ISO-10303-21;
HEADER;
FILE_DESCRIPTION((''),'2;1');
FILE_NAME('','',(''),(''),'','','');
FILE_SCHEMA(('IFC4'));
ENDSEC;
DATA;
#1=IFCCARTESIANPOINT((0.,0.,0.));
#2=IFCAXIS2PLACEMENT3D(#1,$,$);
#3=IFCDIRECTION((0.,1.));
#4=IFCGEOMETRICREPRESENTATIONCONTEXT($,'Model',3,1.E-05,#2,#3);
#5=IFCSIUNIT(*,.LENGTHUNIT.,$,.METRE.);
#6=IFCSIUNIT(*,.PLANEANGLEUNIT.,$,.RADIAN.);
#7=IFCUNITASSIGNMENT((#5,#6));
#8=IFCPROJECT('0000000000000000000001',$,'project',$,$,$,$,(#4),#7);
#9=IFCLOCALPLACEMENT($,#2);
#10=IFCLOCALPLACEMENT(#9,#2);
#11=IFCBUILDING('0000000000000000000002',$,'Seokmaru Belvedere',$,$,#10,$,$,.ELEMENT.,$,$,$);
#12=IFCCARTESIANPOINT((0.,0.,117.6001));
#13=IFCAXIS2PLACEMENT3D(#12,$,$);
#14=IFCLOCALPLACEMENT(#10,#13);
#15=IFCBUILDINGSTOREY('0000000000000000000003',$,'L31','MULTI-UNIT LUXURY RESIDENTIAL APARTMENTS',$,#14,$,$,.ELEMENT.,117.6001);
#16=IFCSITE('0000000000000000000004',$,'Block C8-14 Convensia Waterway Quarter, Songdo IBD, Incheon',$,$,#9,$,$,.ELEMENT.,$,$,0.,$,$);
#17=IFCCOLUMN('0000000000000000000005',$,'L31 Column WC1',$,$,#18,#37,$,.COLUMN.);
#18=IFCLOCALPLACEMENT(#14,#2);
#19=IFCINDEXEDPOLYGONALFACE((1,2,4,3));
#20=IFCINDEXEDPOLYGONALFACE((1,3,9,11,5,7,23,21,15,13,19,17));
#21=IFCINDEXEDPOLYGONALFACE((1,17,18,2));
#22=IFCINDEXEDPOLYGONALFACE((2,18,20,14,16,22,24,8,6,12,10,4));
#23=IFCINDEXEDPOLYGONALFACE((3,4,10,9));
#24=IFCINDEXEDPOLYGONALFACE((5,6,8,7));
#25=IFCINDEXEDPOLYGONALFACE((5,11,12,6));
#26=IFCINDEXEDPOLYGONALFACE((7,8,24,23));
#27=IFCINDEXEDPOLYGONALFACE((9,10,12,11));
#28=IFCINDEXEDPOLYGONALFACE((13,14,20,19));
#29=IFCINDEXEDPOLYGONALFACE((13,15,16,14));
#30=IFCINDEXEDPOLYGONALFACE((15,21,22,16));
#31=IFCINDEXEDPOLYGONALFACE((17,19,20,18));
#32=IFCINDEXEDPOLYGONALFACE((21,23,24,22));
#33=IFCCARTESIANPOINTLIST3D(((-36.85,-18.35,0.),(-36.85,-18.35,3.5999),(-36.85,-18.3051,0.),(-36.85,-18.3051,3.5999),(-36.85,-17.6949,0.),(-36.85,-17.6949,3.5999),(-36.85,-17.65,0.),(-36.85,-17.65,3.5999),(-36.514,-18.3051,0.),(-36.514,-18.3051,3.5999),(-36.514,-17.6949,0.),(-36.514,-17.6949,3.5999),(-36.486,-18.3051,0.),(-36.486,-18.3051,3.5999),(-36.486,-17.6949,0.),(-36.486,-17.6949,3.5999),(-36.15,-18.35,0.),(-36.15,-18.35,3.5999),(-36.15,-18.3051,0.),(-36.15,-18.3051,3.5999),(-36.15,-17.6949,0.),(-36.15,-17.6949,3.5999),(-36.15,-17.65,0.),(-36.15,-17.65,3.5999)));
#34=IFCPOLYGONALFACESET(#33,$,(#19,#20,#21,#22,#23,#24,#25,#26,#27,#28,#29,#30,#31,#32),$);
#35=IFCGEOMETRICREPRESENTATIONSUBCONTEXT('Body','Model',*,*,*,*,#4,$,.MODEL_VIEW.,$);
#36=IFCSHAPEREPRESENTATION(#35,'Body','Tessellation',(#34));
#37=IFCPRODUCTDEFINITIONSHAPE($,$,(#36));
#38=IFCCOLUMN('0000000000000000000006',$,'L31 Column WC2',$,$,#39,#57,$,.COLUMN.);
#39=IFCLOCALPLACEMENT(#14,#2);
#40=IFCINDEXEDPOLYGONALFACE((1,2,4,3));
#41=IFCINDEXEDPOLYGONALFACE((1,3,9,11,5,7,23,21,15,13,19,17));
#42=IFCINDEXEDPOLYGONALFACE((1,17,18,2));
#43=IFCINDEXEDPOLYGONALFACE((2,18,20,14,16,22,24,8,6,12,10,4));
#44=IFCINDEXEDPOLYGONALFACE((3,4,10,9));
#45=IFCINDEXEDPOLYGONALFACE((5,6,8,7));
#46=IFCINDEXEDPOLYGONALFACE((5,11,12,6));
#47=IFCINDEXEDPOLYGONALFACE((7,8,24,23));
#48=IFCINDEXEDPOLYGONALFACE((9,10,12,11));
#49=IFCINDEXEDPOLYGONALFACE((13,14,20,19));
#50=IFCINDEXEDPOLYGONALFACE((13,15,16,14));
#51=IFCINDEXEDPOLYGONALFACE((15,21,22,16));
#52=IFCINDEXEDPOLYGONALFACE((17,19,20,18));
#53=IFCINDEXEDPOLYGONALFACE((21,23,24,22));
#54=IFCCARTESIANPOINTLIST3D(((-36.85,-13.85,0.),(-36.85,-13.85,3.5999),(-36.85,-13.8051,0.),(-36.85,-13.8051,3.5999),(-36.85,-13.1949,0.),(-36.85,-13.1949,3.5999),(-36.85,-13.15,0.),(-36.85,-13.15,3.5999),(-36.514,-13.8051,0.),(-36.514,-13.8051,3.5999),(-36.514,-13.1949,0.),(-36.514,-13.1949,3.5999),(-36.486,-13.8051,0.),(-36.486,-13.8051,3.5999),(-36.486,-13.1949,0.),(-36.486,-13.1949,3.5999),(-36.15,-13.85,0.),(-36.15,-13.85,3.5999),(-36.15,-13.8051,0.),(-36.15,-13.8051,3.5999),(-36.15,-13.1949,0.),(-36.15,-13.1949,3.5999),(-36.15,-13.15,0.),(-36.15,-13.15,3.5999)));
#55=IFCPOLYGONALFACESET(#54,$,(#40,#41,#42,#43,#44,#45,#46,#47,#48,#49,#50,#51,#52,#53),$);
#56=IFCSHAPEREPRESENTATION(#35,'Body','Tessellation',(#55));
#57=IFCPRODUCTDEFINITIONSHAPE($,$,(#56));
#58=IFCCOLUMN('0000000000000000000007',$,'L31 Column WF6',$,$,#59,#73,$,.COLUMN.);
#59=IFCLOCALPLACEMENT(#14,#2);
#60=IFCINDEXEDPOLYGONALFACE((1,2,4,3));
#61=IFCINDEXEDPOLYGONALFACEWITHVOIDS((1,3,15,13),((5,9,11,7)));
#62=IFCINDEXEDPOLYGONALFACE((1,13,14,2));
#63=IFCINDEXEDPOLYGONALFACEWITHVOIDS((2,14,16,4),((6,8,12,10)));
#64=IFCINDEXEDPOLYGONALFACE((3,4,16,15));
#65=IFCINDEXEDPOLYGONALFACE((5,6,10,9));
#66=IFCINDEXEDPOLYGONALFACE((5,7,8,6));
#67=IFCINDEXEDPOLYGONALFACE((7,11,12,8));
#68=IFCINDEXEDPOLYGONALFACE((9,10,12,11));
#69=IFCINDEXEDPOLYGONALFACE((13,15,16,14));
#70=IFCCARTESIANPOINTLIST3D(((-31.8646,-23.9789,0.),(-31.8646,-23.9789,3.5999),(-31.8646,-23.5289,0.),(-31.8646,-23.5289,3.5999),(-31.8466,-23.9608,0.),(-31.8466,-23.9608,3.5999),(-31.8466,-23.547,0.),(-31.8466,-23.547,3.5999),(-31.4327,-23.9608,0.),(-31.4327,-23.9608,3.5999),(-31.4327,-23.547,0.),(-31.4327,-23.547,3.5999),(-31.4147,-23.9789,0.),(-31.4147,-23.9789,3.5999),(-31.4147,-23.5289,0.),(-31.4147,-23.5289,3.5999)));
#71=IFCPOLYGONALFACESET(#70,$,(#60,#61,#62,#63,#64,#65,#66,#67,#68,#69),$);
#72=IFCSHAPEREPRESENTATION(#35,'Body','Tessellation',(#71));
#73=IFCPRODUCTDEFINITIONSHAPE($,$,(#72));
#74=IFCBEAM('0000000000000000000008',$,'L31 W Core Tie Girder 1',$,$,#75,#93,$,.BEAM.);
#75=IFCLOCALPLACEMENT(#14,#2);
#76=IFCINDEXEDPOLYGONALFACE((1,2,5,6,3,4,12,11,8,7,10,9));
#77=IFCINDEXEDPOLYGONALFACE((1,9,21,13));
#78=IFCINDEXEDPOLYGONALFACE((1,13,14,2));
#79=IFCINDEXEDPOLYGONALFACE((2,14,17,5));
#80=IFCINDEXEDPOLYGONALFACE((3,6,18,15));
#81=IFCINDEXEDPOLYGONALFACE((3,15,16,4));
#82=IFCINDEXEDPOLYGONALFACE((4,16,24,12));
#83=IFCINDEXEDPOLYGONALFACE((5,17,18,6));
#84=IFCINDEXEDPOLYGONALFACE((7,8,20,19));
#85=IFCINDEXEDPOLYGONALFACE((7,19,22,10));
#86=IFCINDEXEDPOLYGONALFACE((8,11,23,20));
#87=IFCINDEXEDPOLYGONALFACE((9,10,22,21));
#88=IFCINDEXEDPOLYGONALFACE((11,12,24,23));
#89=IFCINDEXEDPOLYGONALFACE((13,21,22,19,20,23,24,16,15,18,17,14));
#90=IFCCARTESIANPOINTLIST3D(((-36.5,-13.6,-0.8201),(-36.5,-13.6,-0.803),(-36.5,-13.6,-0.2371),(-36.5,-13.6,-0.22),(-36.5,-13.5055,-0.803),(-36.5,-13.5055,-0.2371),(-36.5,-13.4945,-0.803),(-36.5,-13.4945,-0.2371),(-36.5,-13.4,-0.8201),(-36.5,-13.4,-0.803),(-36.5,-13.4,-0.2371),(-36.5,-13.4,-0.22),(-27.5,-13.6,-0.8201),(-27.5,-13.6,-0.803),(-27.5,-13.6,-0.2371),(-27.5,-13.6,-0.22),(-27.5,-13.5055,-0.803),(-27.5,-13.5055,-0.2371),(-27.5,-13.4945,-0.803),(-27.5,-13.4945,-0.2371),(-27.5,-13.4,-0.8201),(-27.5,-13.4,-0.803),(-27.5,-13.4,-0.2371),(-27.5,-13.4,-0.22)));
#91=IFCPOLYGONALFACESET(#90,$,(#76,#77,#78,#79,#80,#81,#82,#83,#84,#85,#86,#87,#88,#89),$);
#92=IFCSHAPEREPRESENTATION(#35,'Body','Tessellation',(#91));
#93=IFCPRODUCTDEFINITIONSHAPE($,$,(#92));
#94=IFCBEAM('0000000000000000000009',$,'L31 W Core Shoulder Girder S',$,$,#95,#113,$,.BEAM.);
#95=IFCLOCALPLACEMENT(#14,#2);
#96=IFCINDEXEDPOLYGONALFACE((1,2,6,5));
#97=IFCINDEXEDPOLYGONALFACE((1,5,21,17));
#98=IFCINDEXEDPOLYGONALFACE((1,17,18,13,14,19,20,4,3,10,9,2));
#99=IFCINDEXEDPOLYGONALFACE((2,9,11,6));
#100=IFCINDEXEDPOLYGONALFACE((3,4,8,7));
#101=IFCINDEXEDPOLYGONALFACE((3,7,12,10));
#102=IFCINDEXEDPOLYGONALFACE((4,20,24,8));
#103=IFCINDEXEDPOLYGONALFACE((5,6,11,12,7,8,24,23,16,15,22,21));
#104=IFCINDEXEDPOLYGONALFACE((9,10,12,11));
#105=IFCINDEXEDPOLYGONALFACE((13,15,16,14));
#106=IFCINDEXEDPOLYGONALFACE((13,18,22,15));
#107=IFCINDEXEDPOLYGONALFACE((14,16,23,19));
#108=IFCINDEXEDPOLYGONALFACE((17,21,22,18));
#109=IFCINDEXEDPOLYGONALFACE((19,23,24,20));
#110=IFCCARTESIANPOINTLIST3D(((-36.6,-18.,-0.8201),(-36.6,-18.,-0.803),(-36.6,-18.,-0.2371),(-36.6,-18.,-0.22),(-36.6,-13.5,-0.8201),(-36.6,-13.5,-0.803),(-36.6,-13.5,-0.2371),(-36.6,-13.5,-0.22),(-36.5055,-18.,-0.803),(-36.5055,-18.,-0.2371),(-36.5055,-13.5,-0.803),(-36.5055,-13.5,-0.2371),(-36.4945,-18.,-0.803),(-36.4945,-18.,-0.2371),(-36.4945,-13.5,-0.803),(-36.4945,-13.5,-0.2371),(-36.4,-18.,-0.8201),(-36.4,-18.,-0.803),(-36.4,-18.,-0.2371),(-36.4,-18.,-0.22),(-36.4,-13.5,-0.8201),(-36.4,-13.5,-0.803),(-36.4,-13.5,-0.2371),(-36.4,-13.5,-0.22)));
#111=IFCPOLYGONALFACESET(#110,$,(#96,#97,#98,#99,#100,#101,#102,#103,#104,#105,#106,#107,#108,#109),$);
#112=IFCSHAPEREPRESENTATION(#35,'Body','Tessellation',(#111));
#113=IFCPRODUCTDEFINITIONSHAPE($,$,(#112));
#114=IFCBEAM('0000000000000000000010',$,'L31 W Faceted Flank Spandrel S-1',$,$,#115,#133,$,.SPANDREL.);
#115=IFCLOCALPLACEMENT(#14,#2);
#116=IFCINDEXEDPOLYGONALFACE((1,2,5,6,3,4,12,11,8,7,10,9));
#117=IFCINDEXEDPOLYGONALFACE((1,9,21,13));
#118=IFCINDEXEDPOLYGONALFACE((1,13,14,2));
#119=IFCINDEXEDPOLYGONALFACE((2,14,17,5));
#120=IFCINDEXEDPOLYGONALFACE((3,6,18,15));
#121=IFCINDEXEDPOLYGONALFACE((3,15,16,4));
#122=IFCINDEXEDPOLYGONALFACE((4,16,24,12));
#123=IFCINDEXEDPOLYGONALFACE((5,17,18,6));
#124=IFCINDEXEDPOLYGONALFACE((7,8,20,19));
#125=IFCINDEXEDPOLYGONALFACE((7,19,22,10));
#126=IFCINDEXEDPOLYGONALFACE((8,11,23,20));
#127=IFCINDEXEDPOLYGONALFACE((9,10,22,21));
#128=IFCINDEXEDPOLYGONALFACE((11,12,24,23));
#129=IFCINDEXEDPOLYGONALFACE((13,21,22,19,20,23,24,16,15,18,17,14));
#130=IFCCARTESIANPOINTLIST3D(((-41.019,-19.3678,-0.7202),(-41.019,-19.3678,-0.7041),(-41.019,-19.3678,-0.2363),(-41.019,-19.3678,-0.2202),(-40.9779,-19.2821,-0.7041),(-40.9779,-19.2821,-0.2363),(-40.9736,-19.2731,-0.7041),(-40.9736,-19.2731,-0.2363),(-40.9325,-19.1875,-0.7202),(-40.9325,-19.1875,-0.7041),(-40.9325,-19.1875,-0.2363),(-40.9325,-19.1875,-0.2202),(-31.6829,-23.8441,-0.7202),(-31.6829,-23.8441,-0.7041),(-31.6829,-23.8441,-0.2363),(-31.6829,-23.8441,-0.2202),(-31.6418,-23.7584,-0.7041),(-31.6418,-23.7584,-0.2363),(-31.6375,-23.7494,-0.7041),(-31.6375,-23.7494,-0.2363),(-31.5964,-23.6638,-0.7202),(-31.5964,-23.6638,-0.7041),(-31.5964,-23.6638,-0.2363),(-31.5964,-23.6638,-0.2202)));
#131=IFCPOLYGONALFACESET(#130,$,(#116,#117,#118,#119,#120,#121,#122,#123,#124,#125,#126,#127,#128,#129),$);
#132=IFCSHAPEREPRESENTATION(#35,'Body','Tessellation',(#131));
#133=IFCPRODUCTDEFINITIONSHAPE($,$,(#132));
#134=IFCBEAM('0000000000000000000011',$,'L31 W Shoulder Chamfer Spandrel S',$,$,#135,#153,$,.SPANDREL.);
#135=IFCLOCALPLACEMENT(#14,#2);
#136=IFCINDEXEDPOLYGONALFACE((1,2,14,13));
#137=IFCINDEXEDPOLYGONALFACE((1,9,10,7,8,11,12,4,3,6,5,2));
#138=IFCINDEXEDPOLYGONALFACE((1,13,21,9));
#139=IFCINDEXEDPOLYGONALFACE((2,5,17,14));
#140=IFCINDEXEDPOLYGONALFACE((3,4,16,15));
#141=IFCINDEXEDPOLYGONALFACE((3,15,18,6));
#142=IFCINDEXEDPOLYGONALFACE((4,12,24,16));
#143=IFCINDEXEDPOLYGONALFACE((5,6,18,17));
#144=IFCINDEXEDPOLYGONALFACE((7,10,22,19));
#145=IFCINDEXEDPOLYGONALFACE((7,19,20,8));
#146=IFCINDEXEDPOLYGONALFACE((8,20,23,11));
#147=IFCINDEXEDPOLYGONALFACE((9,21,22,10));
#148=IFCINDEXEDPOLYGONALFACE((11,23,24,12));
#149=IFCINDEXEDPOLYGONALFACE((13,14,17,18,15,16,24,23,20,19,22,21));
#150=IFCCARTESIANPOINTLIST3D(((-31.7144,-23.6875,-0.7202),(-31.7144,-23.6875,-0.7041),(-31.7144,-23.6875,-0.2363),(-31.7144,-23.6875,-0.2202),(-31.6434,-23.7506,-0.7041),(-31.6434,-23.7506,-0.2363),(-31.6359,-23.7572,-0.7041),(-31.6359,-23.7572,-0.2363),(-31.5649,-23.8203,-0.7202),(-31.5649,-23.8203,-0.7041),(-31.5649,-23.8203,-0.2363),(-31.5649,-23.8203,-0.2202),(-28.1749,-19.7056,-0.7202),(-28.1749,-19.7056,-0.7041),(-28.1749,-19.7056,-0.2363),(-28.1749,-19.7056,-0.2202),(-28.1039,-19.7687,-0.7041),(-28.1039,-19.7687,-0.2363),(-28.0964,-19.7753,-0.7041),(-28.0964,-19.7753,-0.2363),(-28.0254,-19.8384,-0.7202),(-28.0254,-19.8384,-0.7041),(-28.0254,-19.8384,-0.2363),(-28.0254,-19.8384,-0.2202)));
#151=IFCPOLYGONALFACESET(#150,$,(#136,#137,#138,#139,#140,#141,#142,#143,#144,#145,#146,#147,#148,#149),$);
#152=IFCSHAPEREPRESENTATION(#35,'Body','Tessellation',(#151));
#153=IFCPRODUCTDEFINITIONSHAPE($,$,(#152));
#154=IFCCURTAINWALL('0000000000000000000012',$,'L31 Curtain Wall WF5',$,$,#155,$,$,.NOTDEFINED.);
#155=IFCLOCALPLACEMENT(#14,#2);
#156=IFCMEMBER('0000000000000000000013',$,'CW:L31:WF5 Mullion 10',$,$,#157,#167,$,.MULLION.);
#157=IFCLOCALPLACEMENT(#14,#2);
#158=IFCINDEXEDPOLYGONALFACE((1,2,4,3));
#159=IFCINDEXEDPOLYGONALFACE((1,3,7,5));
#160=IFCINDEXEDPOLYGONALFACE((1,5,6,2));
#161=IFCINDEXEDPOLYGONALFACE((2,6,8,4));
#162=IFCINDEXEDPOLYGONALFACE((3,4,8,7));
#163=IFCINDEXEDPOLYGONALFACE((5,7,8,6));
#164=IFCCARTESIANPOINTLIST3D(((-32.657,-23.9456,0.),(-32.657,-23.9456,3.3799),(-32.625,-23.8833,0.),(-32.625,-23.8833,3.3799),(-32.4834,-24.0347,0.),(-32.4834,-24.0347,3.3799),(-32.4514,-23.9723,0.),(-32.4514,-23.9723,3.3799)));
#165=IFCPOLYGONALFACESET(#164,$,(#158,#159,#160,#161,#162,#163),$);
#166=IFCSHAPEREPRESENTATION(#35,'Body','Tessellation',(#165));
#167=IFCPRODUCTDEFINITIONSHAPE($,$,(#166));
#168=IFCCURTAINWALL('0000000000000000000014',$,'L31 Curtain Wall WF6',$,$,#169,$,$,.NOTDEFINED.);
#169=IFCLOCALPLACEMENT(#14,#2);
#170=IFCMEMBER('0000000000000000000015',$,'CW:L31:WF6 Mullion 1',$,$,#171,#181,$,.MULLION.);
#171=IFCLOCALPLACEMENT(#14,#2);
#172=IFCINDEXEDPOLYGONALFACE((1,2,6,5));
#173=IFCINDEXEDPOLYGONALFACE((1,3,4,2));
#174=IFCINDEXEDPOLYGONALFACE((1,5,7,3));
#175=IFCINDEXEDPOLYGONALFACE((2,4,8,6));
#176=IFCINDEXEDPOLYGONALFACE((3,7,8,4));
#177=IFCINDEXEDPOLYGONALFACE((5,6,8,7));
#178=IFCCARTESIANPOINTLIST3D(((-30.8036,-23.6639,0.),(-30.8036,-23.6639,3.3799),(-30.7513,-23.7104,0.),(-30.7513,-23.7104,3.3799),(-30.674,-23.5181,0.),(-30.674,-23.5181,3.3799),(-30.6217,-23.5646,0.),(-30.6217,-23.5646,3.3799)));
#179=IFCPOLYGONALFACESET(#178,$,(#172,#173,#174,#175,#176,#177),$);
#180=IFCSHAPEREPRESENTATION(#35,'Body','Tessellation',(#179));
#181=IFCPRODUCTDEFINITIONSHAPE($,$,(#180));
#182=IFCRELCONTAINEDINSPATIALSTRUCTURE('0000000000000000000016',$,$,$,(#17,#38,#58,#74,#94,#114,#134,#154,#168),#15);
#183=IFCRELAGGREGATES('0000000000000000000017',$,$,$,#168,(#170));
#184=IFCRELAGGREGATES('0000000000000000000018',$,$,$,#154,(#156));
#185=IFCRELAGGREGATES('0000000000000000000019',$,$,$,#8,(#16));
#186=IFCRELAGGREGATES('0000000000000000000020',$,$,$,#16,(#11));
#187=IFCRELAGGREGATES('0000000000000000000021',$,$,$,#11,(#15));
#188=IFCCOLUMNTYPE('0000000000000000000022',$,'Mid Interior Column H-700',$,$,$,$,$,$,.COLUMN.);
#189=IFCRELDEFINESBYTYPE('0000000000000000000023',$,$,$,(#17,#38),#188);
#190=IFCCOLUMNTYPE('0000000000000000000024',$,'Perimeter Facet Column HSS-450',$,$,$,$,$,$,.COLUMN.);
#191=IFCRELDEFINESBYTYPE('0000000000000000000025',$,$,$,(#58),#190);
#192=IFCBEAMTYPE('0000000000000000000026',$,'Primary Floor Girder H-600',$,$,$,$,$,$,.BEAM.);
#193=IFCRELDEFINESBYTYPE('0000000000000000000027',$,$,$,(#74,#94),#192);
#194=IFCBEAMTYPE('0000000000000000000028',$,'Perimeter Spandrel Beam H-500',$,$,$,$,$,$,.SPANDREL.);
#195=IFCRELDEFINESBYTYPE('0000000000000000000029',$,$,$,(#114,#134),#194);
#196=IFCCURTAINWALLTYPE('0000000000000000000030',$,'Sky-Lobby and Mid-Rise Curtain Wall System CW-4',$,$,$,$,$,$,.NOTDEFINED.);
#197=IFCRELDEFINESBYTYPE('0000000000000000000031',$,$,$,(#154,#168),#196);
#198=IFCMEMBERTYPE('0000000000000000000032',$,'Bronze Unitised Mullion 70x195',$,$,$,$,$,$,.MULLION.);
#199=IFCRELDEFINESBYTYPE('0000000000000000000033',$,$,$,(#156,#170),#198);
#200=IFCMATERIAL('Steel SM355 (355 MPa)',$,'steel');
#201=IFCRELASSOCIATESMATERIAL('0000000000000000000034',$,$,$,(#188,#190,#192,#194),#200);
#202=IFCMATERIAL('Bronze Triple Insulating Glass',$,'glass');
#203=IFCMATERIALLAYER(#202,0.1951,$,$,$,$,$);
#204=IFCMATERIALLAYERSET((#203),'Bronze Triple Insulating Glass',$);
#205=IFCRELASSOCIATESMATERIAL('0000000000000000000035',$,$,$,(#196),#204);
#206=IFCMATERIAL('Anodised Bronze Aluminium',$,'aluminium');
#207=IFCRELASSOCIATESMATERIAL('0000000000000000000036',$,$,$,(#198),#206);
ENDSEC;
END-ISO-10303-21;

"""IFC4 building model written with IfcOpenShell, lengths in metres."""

from ifc_helpers import new_model, si_unit, direction, frame, origin, origin_2d, place, context, subcontext, project, spatial, rectangle, hollow_rectangle, i_section, extrude, source, transform, mapped, material, layer, layer_set, material_profile, profile_set, type_object, type_shapes, element, aggregate, save


model = new_model("IFC4")

# Units and contexts
model_context = context("Model", 3, precision=1e-05, world=origin(), true_north=direction((0.0, 1.0)))
body_context = subcontext(model_context, "Body", "Model", "MODEL_VIEW")
ifc_project = project(units=[si_unit("LENGTHUNIT", "METRE"), si_unit("PLANEANGLEUNIT", "RADIAN")], contexts=[model_context])

# Site, building, storey
site_placement = place(None, origin())
site = spatial("IfcSite", under=ifc_project, at=site_placement, Name="Block C8-14 Convensia Waterway Quarter, Songdo IBD, Incheon", CompositionType="ELEMENT", RefElevation=0.0)
building_placement = place(site_placement, origin())
building = spatial("IfcBuilding", under=site, at=building_placement, Name="Seokmaru Belvedere", CompositionType="ELEMENT")
storey_placement = place(building_placement, frame((0.0, 0.0, 117.6001)))
storey = spatial("IfcBuildingStorey", under=building, at=storey_placement, Name="L31", Description="MULTI-UNIT LUXURY RESIDENTIAL APARTMENTS", CompositionType="ELEMENT", Elevation=117.6001)

# Columns
ifc_material_1 = material(Name="Steel SM355 (355 MPa)", Category="steel")
ifc_material_profile_1 = material_profile(ifc_material_1, i_section(OverallWidth=0.7, OverallDepth=0.7, WebThickness=0.0281, FlangeThickness=0.0449, at=origin_2d()), Name="H-700x700x28x45")
ifc_profile_set_1 = profile_set([ifc_material_profile_1], Name="Steel SM355 (355 MPa)")
column_type_1 = type_object("IfcColumnType", Name="Mid Interior Column H-700", PredefinedType="COLUMN", material=ifc_profile_set_1)
shared_shape_1 = source(origin(), body_context, "Body", "SweptSolid", [
    extrude(i_section(OverallWidth=0.7, OverallDepth=0.7, WebThickness=0.0281, FlangeThickness=0.0449, at=origin_2d()), origin(), (0.0, 0.0, 1.0), 3.5999),
])
type_shapes(column_type_1, [shared_shape_1])
for number, where, z_axis, x_axis, name in (
    (1, (-36.5, -18.0, 0.0), (0.0, 0.0, 1.0), (1.0, 0.0, 0.0), "L31 Column WC1"),
    (2, (-36.5, -13.5, 0.0), (0.0, 0.0, 1.0), (1.0, 0.0, 0.0), "L31 Column WC2"),
):
    element("IfcColumn", number, at=place(storey_placement, frame(where, z_axis=z_axis, x_axis=x_axis)), inside=storey, type_object=column_type_1, Name=name, PredefinedType="COLUMN", context=body_context, shape_type="MappedRepresentation", body=[
        mapped(shared_shape_1, transform((0.0, 0.0, 0.0), scale=1.0)),
    ])
ifc_material_profile_2 = material_profile(ifc_material_1, hollow_rectangle(XDim=0.45, YDim=0.45, WallThickness=0.0181, at=origin_2d()), Name="HSS-450x450x18")
ifc_profile_set_2 = profile_set([ifc_material_profile_2], Name="Steel SM355 (355 MPa)")
column_type_2 = type_object("IfcColumnType", Name="Perimeter Facet Column HSS-450", PredefinedType="COLUMN", material=ifc_profile_set_2)
shared_shape_2 = source(origin(), body_context, "Body", "SweptSolid", [
    extrude(hollow_rectangle(XDim=0.45, YDim=0.45, WallThickness=0.0181, at=origin_2d()), origin(), (0.0, 0.0, 1.0), 3.5999),
])
type_shapes(column_type_2, [shared_shape_2])
column_placement = place(storey_placement, frame((-31.6396, -23.7539, 0.0), z_axis=(0.0, 0.0, 1.0), x_axis=(1.0, 0.0, 0.0)))
element("IfcColumn", 3, at=column_placement, inside=storey, type_object=column_type_2, Name="L31 Column WF6", PredefinedType="COLUMN", context=body_context, shape_type="MappedRepresentation", body=[
    mapped(shared_shape_2, transform((0.0, 0.0, 0.0), scale=1.0)),
])

# Beams
ifc_material_profile_3 = material_profile(ifc_material_1, i_section(OverallWidth=0.2, OverallDepth=0.6001, WebThickness=0.011, FlangeThickness=0.0171, at=origin_2d()), Name="H-600x200x11x17")
ifc_profile_set_3 = profile_set([ifc_material_profile_3], Name="Steel SM355 (355 MPa)")
beam_type_1 = type_object("IfcBeamType", Name="Primary Floor Girder H-600", PredefinedType="BEAM", material=ifc_profile_set_3)
shared_shape_3 = source(origin(), body_context, "Body", "SweptSolid", [
    extrude(i_section(OverallWidth=0.2, OverallDepth=0.6001, WebThickness=0.011, FlangeThickness=0.0171, at=origin_2d()), origin(), (0.0, 0.0, 1.0), 9.0),
])
beam_1_placement = place(storey_placement, frame((-36.5, -13.5, -0.52), z_axis=(1.0, 0.0, 0.0), x_axis=(0.0, 1.0, 0.0)))
element("IfcBeam", 4, at=beam_1_placement, inside=storey, type_object=beam_type_1, Name="L31 W Core Tie Girder 1", PredefinedType="BEAM", context=body_context, shape_type="MappedRepresentation", body=[
    mapped(shared_shape_3, transform((0.0, 0.0, 0.0), scale=1.0)),
])
shared_shape_4 = source(origin(), body_context, "Body", "SweptSolid", [
    extrude(i_section(OverallWidth=0.2, OverallDepth=0.6001, WebThickness=0.011, FlangeThickness=0.0171, at=origin_2d()), origin(), (0.0, 0.0, 1.0), 4.5),
])
type_shapes(beam_type_1, [shared_shape_3, shared_shape_4])
beam_2_placement = place(storey_placement, frame((-36.5, -18.0, -0.52), z_axis=(0.0, 1.0, 0.0), x_axis=(-1.0, 0.0, 0.0)))
element("IfcBeam", 5, at=beam_2_placement, inside=storey, type_object=beam_type_1, Name="L31 W Core Shoulder Girder S", PredefinedType="BEAM", context=body_context, shape_type="MappedRepresentation", body=[
    mapped(shared_shape_4, transform((0.0, 0.0, 0.0), scale=1.0)),
])
ifc_material_profile_4 = material_profile(ifc_material_1, i_section(OverallWidth=0.2, OverallDepth=0.5, WebThickness=0.01, FlangeThickness=0.0161, at=origin_2d()), Name="H-500x200x10x16")
ifc_profile_set_4 = profile_set([ifc_material_profile_4], Name="Steel SM355 (355 MPa)")
beam_type_2 = type_object("IfcBeamType", Name="Perimeter Spandrel Beam H-500", PredefinedType="SPANDREL", material=ifc_profile_set_4)
shared_shape_5 = source(origin(), body_context, "Body", "SweptSolid", [
    extrude(i_section(OverallWidth=0.2, OverallDepth=0.5, WebThickness=0.01, FlangeThickness=0.0161, at=origin_2d()), origin(), (0.0, 0.0, 1.0), 10.3538),
])
beam_3_placement = place(storey_placement, frame((-31.6396, -23.7539, -0.4702), z_axis=(-0.901713, 0.432335, 0.0), x_axis=(-0.432335, -0.901713, 0.0)))
element("IfcBeam", 6, at=beam_3_placement, inside=storey, type_object=beam_type_2, Name="L31 W Faceted Flank Spandrel S-1", PredefinedType="SPANDREL", context=body_context, shape_type="MappedRepresentation", body=[
    mapped(shared_shape_5, transform((0.0, 0.0, 0.0), scale=1.0)),
])
shared_shape_6 = source(origin(), body_context, "Body", "SweptSolid", [
    extrude(i_section(OverallWidth=0.2, OverallDepth=0.5, WebThickness=0.01, FlangeThickness=0.0161, at=origin_2d()), origin(), (0.0, 0.0, 1.0), 5.3276),
])
type_shapes(beam_type_2, [shared_shape_5, shared_shape_6])
beam_4_placement = place(storey_placement, frame((-31.6396, -23.7539, -0.4702), z_axis=(0.66437, 0.747404, 0.0), x_axis=(-0.747404, 0.66437, 0.0)))
element("IfcBeam", 7, at=beam_4_placement, inside=storey, type_object=beam_type_2, Name="L31 W Shoulder Chamfer Spandrel S", PredefinedType="SPANDREL", context=body_context, shape_type="MappedRepresentation", body=[
    mapped(shared_shape_6, transform((0.0, 0.0, 0.0), scale=1.0)),
])

# Curtain walls, members
ifc_material_2 = material(Name="Bronze Triple Insulating Glass", Category="glass")
ifc_layer_1 = layer(ifc_material_2, 0.1951)
ifc_layer_set_1 = layer_set([ifc_layer_1], Name="Bronze Triple Insulating Glass")
curtain_wall_type = type_object("IfcCurtainWallType", Name="Sky-Lobby and Mid-Rise Curtain Wall System CW-4", PredefinedType="NOTDEFINED", material=ifc_layer_set_1)
curtain_wall_1_placement = place(storey_placement, origin())
curtain_wall_1 = element("IfcCurtainWall", 8, at=curtain_wall_1_placement, inside=storey, type_object=curtain_wall_type, Name="L31 Curtain Wall WF5", PredefinedType="NOTDEFINED")
ifc_material_3 = material(Name="Anodised Bronze Aluminium", Category="aluminium")
ifc_material_profile_5 = material_profile(ifc_material_3, rectangle(XDim=0.0701, YDim=0.1951, at=origin_2d()), Name="CW-M-70x195")
ifc_profile_set_5 = profile_set([ifc_material_profile_5], Name="Anodised Bronze Aluminium")
member_type = type_object("IfcMemberType", Name="Bronze Unitised Mullion 70x195", PredefinedType="MULLION", material=ifc_profile_set_5)
shared_shape_7 = source(origin(), body_context, "Body", "SweptSolid", [
    extrude(rectangle(XDim=0.0701, YDim=0.1951, at=origin_2d()), origin(), (0.0, 0.0, 1.0), 3.3799),
])
type_shapes(member_type, [shared_shape_7])
member_1_placement = place(storey_placement, frame((-32.5542, -23.959, 0.0), z_axis=(0.0, 0.0, 1.0), x_axis=(0.456555, 0.889695, 0.0)))
member_1 = element("IfcMember", 9, at=member_1_placement, type_object=member_type, Name="CW:L31:WF5 Mullion 10", PredefinedType="MULLION", context=body_context, shape_type="MappedRepresentation", body=[
    mapped(shared_shape_7, transform((0.0, 0.0, 0.0), scale=1.0)),
])
curtain_wall_2_placement = place(storey_placement, origin())
curtain_wall_2 = element("IfcCurtainWall", 10, at=curtain_wall_2_placement, inside=storey, type_object=curtain_wall_type, Name="L31 Curtain Wall WF6", PredefinedType="NOTDEFINED")
member_2_placement = place(storey_placement, frame((-30.7126, -23.6143, 0.0), z_axis=(0.0, 0.0, 1.0), x_axis=(-0.74741, 0.664363, 0.0)))
member_2 = element("IfcMember", 11, at=member_2_placement, type_object=member_type, Name="CW:L31:WF6 Mullion 1", PredefinedType="MULLION", context=body_context, shape_type="MappedRepresentation", body=[
    mapped(shared_shape_7, transform((0.0, 0.0, 0.0), scale=1.0)),
])
aggregate(curtain_wall_2, [member_2])

aggregate(curtain_wall_1, [member_1])

save(model, "model.ifc")
